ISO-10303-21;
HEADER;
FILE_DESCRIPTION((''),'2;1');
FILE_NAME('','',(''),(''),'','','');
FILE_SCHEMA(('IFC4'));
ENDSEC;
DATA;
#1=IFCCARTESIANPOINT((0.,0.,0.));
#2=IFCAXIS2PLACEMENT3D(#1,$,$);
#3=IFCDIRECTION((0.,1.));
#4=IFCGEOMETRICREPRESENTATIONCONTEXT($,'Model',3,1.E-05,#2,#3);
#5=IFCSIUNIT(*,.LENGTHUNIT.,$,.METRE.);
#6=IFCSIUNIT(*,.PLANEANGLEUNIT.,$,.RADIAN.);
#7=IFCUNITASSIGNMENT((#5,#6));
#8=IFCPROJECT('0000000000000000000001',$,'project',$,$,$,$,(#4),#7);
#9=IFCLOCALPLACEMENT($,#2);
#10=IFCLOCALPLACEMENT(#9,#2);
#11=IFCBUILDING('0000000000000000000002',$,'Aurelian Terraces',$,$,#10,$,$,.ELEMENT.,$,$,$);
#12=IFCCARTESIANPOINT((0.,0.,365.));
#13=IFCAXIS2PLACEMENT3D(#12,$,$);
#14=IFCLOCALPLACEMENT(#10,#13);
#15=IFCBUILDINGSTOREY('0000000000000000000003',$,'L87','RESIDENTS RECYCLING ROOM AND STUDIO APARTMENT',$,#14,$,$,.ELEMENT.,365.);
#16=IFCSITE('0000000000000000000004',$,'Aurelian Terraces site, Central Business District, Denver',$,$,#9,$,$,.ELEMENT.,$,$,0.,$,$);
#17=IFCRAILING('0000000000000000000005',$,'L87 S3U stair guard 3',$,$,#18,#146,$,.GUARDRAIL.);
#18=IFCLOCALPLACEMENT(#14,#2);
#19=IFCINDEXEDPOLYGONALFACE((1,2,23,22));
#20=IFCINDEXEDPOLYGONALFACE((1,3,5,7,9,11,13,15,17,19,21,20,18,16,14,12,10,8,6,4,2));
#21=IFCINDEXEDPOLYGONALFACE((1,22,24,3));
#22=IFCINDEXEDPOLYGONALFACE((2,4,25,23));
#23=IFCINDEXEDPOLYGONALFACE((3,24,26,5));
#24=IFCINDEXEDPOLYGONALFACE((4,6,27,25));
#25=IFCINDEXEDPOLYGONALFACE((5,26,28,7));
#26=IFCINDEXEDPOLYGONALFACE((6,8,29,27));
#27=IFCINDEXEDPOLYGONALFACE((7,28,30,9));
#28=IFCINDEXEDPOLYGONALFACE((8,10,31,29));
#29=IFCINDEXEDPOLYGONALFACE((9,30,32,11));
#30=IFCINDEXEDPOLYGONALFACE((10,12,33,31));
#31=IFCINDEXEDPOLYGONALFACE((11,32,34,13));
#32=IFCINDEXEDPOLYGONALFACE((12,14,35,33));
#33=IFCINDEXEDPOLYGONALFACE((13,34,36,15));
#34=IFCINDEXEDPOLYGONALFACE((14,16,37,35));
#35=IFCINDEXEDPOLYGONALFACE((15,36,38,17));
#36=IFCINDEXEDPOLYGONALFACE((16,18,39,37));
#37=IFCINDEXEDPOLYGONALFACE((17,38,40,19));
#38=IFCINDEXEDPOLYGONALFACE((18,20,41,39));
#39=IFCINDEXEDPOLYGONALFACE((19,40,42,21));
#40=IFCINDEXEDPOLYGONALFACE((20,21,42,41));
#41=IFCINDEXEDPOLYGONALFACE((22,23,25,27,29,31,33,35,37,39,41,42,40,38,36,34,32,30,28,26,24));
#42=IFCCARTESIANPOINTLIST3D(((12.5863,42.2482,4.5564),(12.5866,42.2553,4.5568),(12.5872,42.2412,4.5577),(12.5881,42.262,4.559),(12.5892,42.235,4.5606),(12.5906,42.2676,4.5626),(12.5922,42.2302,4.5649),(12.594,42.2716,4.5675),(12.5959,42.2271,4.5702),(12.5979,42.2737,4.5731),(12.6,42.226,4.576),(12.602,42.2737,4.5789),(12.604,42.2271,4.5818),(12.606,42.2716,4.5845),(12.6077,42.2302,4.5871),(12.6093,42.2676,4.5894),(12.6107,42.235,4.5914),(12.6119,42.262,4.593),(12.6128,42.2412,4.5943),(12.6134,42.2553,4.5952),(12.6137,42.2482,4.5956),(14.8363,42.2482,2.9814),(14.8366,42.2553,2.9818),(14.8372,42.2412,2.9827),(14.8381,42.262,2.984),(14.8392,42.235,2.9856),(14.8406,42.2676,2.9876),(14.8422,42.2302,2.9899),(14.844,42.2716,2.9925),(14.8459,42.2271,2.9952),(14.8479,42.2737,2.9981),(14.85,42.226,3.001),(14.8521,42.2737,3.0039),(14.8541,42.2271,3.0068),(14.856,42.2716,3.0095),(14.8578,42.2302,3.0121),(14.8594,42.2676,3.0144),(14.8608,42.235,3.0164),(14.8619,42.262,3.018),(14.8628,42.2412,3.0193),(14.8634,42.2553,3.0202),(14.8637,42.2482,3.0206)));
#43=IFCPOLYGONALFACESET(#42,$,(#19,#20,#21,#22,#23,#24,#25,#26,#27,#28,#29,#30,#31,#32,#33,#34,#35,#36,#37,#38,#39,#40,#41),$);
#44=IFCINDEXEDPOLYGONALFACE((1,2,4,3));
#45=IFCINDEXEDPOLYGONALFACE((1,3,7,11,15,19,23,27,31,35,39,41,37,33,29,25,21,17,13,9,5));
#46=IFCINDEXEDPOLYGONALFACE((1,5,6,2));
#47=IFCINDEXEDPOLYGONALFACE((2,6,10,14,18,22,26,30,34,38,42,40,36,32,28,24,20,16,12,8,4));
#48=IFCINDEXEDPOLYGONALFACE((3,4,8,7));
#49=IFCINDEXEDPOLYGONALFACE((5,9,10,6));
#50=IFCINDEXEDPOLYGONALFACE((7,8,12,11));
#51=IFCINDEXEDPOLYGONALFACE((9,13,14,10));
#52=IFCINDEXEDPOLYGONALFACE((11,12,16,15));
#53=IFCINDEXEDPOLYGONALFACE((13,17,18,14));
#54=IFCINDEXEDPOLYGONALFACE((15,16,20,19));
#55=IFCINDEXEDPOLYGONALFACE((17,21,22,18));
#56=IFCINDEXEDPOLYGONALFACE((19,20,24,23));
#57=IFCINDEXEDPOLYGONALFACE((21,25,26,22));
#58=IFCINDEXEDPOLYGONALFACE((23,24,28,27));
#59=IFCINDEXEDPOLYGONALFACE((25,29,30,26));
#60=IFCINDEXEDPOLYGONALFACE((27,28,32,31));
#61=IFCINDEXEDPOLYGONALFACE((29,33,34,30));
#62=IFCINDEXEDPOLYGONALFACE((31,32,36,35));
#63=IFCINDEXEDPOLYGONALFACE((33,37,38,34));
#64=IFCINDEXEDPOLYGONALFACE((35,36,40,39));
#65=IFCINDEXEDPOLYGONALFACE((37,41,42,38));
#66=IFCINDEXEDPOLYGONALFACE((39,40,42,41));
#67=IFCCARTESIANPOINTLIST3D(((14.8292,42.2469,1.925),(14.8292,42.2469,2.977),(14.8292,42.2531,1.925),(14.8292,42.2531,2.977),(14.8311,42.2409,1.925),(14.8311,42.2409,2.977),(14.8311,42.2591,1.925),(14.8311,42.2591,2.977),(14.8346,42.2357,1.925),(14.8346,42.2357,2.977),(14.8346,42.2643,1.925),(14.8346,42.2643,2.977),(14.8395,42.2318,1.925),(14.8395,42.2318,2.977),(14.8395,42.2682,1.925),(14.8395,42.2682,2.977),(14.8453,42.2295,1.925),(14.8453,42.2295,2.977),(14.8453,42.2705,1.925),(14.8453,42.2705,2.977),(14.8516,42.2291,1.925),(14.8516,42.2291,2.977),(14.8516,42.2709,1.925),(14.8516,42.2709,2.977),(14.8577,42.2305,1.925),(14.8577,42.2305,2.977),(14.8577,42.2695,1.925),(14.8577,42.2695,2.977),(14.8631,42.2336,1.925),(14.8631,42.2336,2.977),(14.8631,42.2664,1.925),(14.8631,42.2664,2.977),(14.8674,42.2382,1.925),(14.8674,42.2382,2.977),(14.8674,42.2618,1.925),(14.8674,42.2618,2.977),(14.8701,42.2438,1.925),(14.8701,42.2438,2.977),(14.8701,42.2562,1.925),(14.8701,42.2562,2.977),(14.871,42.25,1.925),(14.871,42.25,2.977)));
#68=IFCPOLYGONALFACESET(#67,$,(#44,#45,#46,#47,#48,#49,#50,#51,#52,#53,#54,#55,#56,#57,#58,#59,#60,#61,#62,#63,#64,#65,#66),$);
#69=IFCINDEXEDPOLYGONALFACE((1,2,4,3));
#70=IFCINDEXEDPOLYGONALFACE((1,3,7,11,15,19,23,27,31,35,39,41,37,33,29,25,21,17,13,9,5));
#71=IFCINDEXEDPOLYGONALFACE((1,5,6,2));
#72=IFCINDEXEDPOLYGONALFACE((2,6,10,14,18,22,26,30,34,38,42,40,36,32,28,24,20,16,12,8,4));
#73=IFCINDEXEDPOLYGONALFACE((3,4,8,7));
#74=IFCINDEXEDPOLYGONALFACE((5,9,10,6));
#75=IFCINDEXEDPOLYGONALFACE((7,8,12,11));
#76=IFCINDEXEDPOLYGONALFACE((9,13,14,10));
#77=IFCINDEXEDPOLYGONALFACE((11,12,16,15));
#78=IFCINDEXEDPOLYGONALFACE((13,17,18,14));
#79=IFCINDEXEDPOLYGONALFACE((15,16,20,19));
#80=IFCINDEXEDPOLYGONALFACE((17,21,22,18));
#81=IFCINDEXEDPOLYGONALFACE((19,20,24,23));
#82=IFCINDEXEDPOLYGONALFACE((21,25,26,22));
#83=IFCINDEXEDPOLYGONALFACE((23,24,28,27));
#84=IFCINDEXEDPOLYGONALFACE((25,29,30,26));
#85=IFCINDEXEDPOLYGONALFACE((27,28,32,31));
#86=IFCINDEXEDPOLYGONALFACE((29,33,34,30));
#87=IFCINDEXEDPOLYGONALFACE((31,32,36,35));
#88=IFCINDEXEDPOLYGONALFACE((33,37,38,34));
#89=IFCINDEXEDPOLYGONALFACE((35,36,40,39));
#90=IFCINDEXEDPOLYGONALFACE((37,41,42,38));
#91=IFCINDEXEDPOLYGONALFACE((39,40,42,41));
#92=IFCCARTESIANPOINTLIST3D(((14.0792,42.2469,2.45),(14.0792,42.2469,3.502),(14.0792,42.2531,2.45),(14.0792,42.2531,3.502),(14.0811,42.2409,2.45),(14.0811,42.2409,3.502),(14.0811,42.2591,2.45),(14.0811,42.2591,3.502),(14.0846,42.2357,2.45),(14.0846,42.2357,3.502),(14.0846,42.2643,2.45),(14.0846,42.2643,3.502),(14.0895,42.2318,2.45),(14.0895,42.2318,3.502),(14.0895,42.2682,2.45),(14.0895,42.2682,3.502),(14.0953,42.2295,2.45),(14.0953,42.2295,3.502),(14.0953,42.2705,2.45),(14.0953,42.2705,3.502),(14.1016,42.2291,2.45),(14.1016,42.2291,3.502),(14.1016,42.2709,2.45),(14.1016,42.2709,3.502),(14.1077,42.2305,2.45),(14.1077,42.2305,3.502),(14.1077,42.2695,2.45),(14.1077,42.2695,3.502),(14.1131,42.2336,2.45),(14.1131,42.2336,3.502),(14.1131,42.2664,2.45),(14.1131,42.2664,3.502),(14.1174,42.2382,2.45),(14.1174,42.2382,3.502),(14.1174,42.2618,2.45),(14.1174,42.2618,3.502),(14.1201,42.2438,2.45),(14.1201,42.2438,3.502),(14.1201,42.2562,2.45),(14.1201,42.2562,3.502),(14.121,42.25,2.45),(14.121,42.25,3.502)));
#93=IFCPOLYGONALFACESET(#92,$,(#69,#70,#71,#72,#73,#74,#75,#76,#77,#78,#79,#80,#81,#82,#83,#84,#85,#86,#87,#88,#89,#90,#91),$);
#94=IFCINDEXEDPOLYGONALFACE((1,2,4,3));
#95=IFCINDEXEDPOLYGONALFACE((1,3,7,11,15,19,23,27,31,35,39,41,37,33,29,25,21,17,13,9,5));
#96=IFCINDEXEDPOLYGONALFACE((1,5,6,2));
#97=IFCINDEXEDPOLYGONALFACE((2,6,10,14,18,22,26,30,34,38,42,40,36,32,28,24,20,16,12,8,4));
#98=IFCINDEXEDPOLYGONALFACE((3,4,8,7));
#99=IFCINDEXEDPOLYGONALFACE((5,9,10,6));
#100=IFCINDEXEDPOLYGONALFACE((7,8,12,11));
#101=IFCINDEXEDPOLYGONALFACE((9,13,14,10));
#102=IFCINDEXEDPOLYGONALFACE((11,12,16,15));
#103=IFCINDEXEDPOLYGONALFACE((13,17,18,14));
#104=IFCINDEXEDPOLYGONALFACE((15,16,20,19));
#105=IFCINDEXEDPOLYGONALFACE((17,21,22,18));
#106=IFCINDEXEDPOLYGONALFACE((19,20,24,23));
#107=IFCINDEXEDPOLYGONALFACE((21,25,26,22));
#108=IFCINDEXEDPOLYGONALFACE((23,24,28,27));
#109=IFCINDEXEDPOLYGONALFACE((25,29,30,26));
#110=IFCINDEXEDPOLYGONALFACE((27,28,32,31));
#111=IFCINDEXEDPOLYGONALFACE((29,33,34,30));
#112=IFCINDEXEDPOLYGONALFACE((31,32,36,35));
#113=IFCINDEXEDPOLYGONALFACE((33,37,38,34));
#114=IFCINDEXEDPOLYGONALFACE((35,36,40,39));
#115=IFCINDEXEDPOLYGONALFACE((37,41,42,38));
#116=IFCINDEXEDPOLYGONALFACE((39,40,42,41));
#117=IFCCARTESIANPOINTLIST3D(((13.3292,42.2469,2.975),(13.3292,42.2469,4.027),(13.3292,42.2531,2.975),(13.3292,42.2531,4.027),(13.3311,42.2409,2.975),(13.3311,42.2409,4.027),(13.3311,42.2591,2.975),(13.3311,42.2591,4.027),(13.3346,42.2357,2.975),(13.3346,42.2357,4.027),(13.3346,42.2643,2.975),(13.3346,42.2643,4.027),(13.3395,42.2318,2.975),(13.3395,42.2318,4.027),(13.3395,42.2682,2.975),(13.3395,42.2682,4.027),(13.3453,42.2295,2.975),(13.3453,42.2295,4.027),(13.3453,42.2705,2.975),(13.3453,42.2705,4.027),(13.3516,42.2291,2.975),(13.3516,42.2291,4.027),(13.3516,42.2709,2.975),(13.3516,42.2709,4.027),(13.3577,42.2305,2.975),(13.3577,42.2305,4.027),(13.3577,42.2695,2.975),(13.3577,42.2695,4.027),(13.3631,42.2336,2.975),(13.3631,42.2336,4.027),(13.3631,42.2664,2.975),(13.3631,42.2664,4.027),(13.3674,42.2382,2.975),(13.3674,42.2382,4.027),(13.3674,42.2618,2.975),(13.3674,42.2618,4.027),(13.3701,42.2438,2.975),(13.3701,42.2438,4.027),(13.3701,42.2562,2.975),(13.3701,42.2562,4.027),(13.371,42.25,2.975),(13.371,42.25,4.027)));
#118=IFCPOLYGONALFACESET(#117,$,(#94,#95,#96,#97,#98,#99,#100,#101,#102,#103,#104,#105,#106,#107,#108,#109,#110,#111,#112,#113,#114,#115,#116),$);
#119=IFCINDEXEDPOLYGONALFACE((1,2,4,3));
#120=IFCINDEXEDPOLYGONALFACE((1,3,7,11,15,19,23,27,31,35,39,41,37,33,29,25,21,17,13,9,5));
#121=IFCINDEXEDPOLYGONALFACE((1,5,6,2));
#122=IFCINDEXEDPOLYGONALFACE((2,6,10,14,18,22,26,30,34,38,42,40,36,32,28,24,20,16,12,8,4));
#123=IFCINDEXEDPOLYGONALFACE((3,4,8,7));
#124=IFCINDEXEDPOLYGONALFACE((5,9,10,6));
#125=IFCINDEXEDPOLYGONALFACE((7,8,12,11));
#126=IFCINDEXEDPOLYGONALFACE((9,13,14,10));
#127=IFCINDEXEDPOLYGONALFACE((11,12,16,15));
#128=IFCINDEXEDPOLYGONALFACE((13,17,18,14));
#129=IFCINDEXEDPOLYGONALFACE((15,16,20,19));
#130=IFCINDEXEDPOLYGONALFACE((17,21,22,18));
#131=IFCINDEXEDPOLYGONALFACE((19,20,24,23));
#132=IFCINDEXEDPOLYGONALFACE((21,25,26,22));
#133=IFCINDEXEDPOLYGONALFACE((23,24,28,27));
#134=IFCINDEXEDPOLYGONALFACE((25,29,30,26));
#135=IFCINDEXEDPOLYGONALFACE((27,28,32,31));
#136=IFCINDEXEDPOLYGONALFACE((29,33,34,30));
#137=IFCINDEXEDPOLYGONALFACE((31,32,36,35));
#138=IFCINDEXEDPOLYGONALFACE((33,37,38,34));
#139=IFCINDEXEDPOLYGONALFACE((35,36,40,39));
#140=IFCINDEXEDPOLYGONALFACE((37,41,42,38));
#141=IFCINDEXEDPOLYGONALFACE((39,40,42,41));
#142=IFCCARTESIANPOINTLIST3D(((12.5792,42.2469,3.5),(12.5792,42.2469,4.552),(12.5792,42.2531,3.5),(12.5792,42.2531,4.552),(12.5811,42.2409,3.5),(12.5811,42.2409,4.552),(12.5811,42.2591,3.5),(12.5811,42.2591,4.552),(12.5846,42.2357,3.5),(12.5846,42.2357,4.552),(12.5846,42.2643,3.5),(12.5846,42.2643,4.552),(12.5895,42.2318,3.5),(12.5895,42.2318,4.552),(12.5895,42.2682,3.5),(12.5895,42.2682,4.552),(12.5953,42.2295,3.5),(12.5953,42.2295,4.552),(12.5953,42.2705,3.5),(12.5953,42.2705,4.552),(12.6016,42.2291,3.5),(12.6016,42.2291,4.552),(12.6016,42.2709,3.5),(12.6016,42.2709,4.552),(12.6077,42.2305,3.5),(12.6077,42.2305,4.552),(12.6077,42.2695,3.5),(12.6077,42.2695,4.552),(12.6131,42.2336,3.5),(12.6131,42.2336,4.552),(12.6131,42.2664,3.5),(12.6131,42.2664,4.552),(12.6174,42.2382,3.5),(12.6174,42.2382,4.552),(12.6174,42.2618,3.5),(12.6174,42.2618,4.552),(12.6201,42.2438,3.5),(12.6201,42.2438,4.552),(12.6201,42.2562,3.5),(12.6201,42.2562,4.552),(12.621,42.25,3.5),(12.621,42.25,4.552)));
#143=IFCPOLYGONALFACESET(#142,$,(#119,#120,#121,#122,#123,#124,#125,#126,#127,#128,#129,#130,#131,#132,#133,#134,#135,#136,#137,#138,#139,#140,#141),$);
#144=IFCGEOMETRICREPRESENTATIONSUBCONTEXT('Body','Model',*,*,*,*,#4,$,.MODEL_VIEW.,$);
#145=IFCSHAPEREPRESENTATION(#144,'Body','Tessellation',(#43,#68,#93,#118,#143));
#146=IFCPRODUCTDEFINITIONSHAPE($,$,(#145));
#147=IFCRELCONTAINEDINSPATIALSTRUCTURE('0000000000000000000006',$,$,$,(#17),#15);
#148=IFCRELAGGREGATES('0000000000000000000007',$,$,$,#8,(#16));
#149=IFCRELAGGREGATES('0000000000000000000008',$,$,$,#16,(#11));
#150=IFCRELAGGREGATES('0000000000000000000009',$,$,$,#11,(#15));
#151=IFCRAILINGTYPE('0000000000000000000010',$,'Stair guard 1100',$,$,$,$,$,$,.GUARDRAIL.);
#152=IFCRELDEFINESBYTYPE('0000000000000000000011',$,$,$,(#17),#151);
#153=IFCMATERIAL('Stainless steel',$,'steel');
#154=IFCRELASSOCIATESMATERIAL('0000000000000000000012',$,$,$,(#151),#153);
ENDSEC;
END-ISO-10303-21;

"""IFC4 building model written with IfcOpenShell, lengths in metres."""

from ifc_helpers import new_model, si_unit, direction, frame, origin, origin_2d, place, context, subcontext, project, spatial, circle, extrude, source, transform, mapped, material, type_object, element, save


model = new_model("IFC4")

# Units and contexts
model_context = context("Model", 3, precision=1e-05, world=origin(), true_north=direction((0.0, 1.0)))
body_context = subcontext(model_context, "Body", "Model", "MODEL_VIEW")
ifc_project = project(units=[si_unit("LENGTHUNIT", "METRE"), si_unit("PLANEANGLEUNIT", "RADIAN")], contexts=[model_context])

# Site, building, storey
site_placement = place(None, origin())
site = spatial("IfcSite", under=ifc_project, at=site_placement, Name="Aurelian Terraces site, Central Business District, Denver", CompositionType="ELEMENT", RefElevation=0.0)
building_placement = place(site_placement, origin())
building = spatial("IfcBuilding", under=site, at=building_placement, Name="Aurelian Terraces", CompositionType="ELEMENT")
storey_placement = place(building_placement, frame((0.0, 0.0, 365.0)))
storey = spatial("IfcBuildingStorey", under=building, at=storey_placement, Name="L87", Description="RESIDENTS RECYCLING ROOM AND STUDIO APARTMENT", CompositionType="ELEMENT", Elevation=365.0)

# Railing
ifc_material_1 = material(Name="Stainless steel", Category="steel")
railing_type_1 = type_object("IfcRailingType", Name="Stair guard 1100", PredefinedType="GUARDRAIL", material=ifc_material_1)
shared_shape_1 = source(origin(), body_context, "Body", "SweptSolid", [
    extrude(circle(Radius=0.024, at=origin_2d()), frame((0.0, 0.0, 1.076), z_axis=(-0.819232, 0.0, 0.573462), x_axis=(0.0, -1.0, 0.0)), (0.0, 0.0, 1.0), 2.7465),
    extrude(circle(Radius=0.021, at=origin_2d()), origin(), (0.0, 0.0, 1.0), 1.052),
    extrude(circle(Radius=0.021, at=origin_2d()), frame((-0.75, 0.0, 0.525)), (0.0, 0.0, 1.0), 1.052),
    extrude(circle(Radius=0.021, at=origin_2d()), frame((-1.5, 0.0, 1.05)), (0.0, 0.0, 1.0), 1.052),
    extrude(circle(Radius=0.021, at=origin_2d()), frame((-2.25, 0.0, 1.575)), (0.0, 0.0, 1.0), 1.052),
])
railing_1_placement = place(storey_placement, frame((14.85, 42.25, 1.925)))
element("IfcRailing", 1, at=railing_1_placement, inside=storey, type_object=railing_type_1, Name="L87 S3U stair guard 3", PredefinedType="GUARDRAIL", context=body_context, shape_type="MappedRepresentation", body=[
    mapped(shared_shape_1, transform((0.0, 0.0, 0.0), scale=1.0)),
])

save(model, "model.ifc")
